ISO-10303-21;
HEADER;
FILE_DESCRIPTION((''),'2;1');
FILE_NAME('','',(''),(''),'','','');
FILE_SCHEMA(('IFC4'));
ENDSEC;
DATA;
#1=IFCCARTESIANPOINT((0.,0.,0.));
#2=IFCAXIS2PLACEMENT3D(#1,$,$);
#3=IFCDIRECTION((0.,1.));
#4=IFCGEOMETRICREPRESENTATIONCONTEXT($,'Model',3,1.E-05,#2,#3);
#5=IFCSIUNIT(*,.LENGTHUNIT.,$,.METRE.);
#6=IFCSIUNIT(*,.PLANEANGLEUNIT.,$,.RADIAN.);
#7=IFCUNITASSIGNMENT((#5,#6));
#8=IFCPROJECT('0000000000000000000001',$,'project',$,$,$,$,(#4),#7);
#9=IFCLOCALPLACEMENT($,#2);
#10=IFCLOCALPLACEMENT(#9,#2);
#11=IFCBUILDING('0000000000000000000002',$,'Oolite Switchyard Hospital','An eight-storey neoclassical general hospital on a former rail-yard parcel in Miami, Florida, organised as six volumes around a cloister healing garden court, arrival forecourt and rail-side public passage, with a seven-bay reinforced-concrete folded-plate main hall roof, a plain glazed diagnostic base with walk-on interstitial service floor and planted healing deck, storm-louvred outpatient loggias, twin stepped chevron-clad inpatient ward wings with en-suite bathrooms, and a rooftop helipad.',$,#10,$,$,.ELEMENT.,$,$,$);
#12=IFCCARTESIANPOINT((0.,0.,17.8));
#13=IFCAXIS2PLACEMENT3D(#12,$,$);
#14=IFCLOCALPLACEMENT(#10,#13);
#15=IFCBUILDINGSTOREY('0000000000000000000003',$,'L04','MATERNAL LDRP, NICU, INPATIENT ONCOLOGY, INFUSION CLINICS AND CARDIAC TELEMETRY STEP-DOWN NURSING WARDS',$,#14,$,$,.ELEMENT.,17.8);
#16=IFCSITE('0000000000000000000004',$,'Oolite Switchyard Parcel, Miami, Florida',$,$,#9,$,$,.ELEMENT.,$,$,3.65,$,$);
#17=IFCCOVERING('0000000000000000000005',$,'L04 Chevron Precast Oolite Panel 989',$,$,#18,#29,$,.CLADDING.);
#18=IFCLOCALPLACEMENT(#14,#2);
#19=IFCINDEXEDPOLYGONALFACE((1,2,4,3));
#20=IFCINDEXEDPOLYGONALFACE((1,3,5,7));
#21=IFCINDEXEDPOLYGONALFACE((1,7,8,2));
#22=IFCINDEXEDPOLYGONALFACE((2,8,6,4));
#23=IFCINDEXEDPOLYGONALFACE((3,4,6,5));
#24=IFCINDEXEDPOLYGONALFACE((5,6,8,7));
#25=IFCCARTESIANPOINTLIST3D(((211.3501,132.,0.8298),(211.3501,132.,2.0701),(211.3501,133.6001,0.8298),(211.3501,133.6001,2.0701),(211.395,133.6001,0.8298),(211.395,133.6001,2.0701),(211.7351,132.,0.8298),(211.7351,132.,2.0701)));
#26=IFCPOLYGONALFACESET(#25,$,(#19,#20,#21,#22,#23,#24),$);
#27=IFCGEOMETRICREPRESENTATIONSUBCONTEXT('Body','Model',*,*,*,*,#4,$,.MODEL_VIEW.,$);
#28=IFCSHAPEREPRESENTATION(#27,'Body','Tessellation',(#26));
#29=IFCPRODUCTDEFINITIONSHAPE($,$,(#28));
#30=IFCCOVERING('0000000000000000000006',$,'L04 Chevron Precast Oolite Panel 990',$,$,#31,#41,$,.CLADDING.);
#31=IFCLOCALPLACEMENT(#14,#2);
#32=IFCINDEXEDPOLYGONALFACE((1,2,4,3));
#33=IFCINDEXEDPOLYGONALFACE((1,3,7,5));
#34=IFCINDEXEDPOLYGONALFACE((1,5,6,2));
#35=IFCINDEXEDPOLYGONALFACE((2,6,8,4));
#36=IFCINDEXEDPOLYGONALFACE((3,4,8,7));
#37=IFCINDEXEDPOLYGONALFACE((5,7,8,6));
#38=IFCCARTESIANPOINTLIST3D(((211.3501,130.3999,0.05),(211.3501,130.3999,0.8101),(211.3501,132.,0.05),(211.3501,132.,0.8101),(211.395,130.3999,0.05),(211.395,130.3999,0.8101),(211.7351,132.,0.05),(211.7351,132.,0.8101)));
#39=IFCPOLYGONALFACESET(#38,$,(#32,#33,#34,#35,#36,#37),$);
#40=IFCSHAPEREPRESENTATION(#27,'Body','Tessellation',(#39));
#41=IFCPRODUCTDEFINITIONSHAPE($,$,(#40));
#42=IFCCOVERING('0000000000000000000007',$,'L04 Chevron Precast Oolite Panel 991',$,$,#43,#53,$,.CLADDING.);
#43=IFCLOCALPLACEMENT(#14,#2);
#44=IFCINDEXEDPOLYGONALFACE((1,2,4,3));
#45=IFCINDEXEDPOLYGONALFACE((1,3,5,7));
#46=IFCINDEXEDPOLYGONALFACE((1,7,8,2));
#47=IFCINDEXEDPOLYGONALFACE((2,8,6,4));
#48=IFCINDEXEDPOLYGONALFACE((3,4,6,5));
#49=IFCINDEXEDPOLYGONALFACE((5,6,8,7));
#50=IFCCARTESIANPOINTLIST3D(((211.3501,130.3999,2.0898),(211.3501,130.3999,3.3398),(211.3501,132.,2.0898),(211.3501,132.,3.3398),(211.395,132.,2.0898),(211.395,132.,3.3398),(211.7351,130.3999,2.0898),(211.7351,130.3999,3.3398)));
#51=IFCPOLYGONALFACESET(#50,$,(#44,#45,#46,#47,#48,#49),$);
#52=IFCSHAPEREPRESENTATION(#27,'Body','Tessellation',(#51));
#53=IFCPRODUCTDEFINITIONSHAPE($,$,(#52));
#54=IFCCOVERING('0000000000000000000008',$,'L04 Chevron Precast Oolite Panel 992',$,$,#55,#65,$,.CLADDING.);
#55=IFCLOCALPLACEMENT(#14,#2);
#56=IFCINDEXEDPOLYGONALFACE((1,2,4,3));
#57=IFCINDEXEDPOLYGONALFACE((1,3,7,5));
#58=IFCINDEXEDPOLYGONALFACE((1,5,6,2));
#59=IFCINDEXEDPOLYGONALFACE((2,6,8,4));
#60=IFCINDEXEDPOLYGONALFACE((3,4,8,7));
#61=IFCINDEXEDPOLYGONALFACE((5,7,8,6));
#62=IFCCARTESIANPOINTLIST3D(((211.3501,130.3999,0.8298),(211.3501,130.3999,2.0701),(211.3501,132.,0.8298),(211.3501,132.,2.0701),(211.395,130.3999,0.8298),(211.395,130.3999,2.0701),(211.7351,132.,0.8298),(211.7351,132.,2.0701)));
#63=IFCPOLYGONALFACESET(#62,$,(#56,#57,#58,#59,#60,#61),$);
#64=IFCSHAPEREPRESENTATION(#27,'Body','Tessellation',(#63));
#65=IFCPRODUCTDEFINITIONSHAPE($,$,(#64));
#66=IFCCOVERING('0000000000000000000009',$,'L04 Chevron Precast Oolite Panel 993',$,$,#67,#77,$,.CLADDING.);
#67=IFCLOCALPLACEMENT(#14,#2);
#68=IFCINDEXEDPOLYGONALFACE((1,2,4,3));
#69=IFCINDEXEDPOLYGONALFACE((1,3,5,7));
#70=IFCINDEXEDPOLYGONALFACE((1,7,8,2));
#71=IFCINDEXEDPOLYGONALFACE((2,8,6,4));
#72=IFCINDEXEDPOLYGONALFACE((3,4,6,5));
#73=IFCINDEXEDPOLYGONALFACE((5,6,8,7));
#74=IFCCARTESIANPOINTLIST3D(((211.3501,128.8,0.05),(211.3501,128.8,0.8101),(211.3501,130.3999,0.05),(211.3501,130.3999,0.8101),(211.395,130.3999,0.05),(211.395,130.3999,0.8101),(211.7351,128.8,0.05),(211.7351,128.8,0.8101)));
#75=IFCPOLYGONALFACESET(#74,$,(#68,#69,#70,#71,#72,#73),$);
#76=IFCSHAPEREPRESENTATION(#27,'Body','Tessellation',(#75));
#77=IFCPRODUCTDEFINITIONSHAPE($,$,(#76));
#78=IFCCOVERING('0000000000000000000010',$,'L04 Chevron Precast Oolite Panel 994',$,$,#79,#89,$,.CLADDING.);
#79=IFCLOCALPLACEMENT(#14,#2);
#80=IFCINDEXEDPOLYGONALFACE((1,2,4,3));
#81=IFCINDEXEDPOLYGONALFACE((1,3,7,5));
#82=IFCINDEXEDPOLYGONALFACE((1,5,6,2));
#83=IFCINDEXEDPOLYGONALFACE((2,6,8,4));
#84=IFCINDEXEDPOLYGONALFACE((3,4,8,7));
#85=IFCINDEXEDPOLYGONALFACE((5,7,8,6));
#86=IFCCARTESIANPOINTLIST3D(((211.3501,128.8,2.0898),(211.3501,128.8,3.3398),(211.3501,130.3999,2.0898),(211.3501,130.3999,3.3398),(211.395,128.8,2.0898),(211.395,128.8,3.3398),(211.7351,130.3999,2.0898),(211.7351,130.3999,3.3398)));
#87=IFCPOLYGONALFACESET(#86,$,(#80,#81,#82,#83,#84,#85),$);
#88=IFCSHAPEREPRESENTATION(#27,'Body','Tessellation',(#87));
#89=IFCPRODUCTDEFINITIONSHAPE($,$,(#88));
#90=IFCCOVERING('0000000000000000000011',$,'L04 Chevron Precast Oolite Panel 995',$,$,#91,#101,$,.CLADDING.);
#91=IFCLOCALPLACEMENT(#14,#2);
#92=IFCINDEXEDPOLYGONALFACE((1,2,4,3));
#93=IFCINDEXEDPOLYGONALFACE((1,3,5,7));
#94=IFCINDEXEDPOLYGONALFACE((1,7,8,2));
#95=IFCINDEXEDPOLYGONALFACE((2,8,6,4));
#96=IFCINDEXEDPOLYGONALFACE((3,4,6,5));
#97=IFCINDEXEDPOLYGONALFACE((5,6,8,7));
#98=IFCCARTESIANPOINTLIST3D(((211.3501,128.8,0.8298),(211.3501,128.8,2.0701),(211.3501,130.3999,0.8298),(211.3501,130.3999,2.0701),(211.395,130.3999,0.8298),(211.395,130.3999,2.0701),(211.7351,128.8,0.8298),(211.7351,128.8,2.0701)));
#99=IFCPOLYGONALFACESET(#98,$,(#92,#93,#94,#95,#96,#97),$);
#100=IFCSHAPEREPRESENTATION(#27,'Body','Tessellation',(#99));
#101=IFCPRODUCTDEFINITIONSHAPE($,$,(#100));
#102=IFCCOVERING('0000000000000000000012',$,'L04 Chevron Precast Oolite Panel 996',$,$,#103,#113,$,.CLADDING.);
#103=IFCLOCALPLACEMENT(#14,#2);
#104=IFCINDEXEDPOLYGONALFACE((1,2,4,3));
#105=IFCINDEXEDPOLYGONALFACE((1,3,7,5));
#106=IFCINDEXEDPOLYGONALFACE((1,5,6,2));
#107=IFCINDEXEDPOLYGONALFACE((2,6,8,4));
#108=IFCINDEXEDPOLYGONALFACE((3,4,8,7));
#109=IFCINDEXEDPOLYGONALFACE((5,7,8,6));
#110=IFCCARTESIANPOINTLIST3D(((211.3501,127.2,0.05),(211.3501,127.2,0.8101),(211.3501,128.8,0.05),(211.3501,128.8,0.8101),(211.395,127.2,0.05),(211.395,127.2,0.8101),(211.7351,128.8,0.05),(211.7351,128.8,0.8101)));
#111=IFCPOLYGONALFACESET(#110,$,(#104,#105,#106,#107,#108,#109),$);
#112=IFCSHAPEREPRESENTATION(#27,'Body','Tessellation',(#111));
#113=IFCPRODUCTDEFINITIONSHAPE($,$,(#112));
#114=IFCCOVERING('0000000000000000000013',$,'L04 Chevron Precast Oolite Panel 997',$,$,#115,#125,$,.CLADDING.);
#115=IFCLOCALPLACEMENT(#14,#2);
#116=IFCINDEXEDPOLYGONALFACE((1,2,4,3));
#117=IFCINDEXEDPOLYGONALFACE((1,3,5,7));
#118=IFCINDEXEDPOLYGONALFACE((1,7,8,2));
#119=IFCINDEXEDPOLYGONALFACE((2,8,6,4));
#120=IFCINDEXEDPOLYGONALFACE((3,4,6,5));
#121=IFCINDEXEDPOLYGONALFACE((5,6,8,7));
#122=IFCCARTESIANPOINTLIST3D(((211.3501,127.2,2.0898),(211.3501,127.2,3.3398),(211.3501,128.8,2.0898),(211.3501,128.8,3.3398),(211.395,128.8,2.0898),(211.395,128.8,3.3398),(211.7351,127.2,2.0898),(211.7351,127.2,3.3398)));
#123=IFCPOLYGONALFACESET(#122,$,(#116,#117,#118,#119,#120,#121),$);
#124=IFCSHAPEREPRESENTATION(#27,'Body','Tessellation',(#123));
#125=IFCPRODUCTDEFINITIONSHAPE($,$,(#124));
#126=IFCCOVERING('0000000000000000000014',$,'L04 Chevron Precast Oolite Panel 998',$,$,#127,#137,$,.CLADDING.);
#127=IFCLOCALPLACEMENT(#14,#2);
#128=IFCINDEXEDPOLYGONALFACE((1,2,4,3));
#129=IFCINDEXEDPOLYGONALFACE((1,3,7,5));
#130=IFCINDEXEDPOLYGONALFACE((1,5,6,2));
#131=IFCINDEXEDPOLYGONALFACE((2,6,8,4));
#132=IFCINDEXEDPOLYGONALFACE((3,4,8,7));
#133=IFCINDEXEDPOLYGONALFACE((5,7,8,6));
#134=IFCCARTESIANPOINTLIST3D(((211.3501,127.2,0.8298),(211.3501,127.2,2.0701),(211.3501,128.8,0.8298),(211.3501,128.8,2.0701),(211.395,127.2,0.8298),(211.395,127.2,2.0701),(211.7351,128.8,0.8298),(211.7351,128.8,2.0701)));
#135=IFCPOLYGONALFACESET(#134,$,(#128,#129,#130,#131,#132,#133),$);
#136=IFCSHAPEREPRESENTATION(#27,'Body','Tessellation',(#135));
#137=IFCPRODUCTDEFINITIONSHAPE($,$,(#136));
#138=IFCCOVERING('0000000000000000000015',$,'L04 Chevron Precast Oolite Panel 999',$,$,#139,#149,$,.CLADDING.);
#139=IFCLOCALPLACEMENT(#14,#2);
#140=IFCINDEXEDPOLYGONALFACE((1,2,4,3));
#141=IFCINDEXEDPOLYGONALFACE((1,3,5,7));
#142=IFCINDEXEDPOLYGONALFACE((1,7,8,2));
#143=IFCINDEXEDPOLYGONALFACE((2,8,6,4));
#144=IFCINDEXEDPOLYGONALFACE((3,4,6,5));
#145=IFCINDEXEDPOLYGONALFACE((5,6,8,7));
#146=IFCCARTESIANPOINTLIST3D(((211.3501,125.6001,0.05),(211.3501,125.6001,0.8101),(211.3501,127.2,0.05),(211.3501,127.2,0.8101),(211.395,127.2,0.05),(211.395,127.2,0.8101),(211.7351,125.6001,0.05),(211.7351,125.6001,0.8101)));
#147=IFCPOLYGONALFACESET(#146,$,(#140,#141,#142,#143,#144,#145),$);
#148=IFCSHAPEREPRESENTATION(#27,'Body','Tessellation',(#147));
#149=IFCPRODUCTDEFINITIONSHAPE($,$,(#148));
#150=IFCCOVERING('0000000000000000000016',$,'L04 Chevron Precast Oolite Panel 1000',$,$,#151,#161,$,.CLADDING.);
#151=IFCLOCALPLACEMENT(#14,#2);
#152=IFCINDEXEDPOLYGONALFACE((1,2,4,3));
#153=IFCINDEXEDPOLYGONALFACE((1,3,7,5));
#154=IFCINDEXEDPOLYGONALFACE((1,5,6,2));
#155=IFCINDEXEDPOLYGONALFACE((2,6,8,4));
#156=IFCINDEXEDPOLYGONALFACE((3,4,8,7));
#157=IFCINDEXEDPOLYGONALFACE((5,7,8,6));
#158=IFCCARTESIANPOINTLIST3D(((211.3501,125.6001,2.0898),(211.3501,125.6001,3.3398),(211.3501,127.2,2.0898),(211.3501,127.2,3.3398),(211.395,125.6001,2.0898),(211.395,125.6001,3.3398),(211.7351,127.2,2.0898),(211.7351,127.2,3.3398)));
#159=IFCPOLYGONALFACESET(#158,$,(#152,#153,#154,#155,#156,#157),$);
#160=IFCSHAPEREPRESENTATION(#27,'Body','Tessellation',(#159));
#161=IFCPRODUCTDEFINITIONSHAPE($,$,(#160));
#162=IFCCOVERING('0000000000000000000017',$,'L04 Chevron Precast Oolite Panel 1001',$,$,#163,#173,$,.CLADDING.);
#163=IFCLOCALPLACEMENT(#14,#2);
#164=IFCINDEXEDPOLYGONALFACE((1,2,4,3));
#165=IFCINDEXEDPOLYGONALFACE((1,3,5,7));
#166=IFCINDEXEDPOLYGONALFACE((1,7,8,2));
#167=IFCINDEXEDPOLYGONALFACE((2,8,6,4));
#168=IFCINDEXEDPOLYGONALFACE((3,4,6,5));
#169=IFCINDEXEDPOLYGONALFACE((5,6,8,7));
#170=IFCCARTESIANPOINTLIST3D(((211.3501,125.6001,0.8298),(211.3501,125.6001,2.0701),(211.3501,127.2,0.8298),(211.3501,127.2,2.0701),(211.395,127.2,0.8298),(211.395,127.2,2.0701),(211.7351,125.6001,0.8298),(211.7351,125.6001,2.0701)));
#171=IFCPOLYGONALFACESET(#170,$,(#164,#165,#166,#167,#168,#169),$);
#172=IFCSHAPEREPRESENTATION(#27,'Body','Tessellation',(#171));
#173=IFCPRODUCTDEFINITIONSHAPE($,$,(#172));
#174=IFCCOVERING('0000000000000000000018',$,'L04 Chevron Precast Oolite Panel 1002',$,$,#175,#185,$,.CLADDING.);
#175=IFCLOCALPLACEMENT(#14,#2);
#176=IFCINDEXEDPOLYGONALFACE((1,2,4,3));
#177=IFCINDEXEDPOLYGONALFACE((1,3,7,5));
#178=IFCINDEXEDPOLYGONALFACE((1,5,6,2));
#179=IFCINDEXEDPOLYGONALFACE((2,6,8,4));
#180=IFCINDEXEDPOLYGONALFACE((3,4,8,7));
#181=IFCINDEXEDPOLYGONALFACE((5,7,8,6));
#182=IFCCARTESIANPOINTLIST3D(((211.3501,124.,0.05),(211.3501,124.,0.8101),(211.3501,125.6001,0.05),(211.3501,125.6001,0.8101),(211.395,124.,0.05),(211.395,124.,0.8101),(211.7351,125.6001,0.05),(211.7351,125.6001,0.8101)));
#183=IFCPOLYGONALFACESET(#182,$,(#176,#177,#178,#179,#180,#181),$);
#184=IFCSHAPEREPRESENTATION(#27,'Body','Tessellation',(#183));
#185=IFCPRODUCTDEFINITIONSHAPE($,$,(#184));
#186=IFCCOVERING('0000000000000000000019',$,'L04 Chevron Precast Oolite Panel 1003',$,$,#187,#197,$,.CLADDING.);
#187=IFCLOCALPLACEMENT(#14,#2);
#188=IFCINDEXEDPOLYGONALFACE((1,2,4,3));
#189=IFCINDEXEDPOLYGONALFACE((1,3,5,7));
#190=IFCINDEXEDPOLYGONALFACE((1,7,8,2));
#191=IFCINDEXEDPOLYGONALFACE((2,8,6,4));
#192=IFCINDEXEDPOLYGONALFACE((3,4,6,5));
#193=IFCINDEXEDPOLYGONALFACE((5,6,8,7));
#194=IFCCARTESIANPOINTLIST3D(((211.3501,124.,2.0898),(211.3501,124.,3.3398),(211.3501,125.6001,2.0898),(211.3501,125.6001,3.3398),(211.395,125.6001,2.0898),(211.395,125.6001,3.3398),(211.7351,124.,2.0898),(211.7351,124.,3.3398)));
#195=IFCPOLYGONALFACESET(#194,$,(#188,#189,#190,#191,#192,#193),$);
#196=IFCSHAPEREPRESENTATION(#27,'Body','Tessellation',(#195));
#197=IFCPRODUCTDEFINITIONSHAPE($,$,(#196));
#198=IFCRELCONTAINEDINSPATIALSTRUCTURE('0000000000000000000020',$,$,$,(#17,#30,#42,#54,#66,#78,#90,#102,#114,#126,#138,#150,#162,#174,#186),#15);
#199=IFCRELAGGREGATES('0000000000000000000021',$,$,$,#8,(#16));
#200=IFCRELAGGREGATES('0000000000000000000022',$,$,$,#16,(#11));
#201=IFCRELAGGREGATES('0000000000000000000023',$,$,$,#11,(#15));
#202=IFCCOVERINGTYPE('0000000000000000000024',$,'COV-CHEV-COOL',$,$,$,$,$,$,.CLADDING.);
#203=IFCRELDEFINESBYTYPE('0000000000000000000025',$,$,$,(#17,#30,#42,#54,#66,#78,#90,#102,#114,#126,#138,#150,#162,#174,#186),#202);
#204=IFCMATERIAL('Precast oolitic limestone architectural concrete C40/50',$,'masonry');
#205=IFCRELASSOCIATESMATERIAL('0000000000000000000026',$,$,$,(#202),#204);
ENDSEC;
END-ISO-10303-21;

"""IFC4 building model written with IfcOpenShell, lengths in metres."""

from ifc_helpers import new_model, si_unit, direction, frame, origin, place, context, subcontext, project, spatial, polyline, outline, extrude, material, type_object, element, save


model = new_model("IFC4")

# Units and contexts
model_context = context("Model", 3, precision=1e-05, world=origin(), true_north=direction((0.0, 1.0)))
body_context = subcontext(model_context, "Body", "Model", "MODEL_VIEW")
ifc_project = project(units=[si_unit("LENGTHUNIT", "METRE"), si_unit("PLANEANGLEUNIT", "RADIAN")], contexts=[model_context])

# Site, building, storey
site_placement = place(None, origin())
site = spatial("IfcSite", under=ifc_project, at=site_placement, Name="Oolite Switchyard Parcel, Miami, Florida", CompositionType="ELEMENT", RefElevation=3.65)
building_placement = place(site_placement, origin())
building = spatial("IfcBuilding", under=site, at=building_placement, Name="Oolite Switchyard Hospital", Description="An eight-storey neoclassical general hospital on a former rail-yard parcel in Miami, Florida, organised as six volumes around a cloister healing garden court, arrival forecourt and rail-side public passage, with a seven-bay reinforced-concrete folded-plate main hall roof, a plain glazed diagnostic base with walk-on interstitial service floor and planted healing deck, storm-louvred outpatient loggias, twin stepped chevron-clad inpatient ward wings with en-suite bathrooms, and a rooftop helipad.", CompositionType="ELEMENT")
storey_placement = place(building_placement, frame((0.0, 0.0, 17.8)))
storey = spatial("IfcBuildingStorey", under=building, at=storey_placement, Name="L04", Description="MATERNAL LDRP, NICU, INPATIENT ONCOLOGY, INFUSION CLINICS AND CARDIAC TELEMETRY STEP-DOWN NURSING WARDS", CompositionType="ELEMENT", Elevation=17.8)

# Shared definitions
ifc_material_1 = material(Name="Precast oolitic limestone architectural concrete C40/50", Category="masonry")

# Coverings
covering_type = type_object("IfcCoveringType", Name="COV-CHEV-COOL", PredefinedType="CLADDING", material=ifc_material_1)
covering_1_placement = place(storey_placement, frame((211.3501, 133.6001, 0.8298), z_axis=(0.0, 0.0, 1.0), x_axis=(0.0, -1.0, 0.0)))
element("IfcCovering", 1, at=covering_1_placement, inside=storey, type_object=covering_type, Name="L04 Chevron Precast Oolite Panel 989", PredefinedType="CLADDING", context=body_context, shape_type="SweptSolid", body=[
    extrude(outline(polyline([(0.0, 0.0), (1.6001, 0.0), (1.6001, 0.385), (0.0, 0.0449), (0.0, 0.0)])), origin(), (0.0, 0.0, 1.0), 1.2402),
])
covering_2_placement = place(storey_placement, frame((211.3501, 132.0, 0.05), z_axis=(0.0, 0.0, 1.0), x_axis=(0.0, -1.0, 0.0)))
element("IfcCovering", 2, at=covering_2_placement, inside=storey, type_object=covering_type, Name="L04 Chevron Precast Oolite Panel 990", PredefinedType="CLADDING", context=body_context, shape_type="SweptSolid", body=[
    extrude(outline(polyline([(0.0, 0.0), (1.6001, 0.0), (1.6001, 0.0449), (0.0, 0.385), (0.0, 0.0)])), origin(), (0.0, 0.0, 1.0), 0.76),
])
covering_3_placement = place(storey_placement, frame((211.3501, 132.0, 2.0898), z_axis=(0.0, 0.0, 1.0), x_axis=(0.0, -1.0, 0.0)))
element("IfcCovering", 3, at=covering_3_placement, inside=storey, type_object=covering_type, Name="L04 Chevron Precast Oolite Panel 991", PredefinedType="CLADDING", context=body_context, shape_type="SweptSolid", body=[
    extrude(outline(polyline([(0.0, 0.0), (1.6001, 0.0), (1.6001, 0.385), (0.0, 0.0449), (0.0, 0.0)])), origin(), (0.0, 0.0, 1.0), 1.25),
])
covering_4_placement = place(storey_placement, frame((211.3501, 132.0, 0.8298), z_axis=(0.0, 0.0, 1.0), x_axis=(0.0, -1.0, 0.0)))
element("IfcCovering", 4, at=covering_4_placement, inside=storey, type_object=covering_type, Name="L04 Chevron Precast Oolite Panel 992", PredefinedType="CLADDING", context=body_context, shape_type="SweptSolid", body=[
    extrude(outline(polyline([(0.0, 0.0), (1.6001, 0.0), (1.6001, 0.0449), (0.0, 0.385), (0.0, 0.0)])), origin(), (0.0, 0.0, 1.0), 1.2402),
])
covering_5_placement = place(storey_placement, frame((211.3501, 130.3999, 0.05), z_axis=(0.0, 0.0, 1.0), x_axis=(0.0, -1.0, 0.0)))
element("IfcCovering", 5, at=covering_5_placement, inside=storey, type_object=covering_type, Name="L04 Chevron Precast Oolite Panel 993", PredefinedType="CLADDING", context=body_context, shape_type="SweptSolid", body=[
    extrude(outline(polyline([(0.0, 0.0), (1.5999, 0.0), (1.5999, 0.385), (0.0, 0.0449), (0.0, 0.0)])), origin(), (0.0, 0.0, 1.0), 0.76),
])
covering_6_placement = place(storey_placement, frame((211.3501, 130.3999, 2.0898), z_axis=(0.0, 0.0, 1.0), x_axis=(0.0, -1.0, 0.0)))
element("IfcCovering", 6, at=covering_6_placement, inside=storey, type_object=covering_type, Name="L04 Chevron Precast Oolite Panel 994", PredefinedType="CLADDING", context=body_context, shape_type="SweptSolid", body=[
    extrude(outline(polyline([(0.0, 0.0), (1.5999, 0.0), (1.5999, 0.0449), (0.0, 0.385), (0.0, 0.0)])), origin(), (0.0, 0.0, 1.0), 1.25),
])
covering_7_placement = place(storey_placement, frame((211.3501, 130.3999, 0.8298), z_axis=(0.0, 0.0, 1.0), x_axis=(0.0, -1.0, 0.0)))
element("IfcCovering", 7, at=covering_7_placement, inside=storey, type_object=covering_type, Name="L04 Chevron Precast Oolite Panel 995", PredefinedType="CLADDING", context=body_context, shape_type="SweptSolid", body=[
    extrude(outline(polyline([(0.0, 0.0), (1.5999, 0.0), (1.5999, 0.385), (0.0, 0.0449), (0.0, 0.0)])), origin(), (0.0, 0.0, 1.0), 1.2402),
])
covering_8_placement = place(storey_placement, frame((211.3501, 128.8, 0.05), z_axis=(0.0, 0.0, 1.0), x_axis=(0.0, -1.0, 0.0)))
element("IfcCovering", 8, at=covering_8_placement, inside=storey, type_object=covering_type, Name="L04 Chevron Precast Oolite Panel 996", PredefinedType="CLADDING", context=body_context, shape_type="SweptSolid", body=[
    extrude(outline(polyline([(0.0, 0.0), (1.6001, 0.0), (1.6001, 0.0449), (0.0, 0.385), (0.0, 0.0)])), origin(), (0.0, 0.0, 1.0), 0.76),
])
covering_9_placement = place(storey_placement, frame((211.3501, 128.8, 2.0898), z_axis=(0.0, 0.0, 1.0), x_axis=(0.0, -1.0, 0.0)))
element("IfcCovering", 9, at=covering_9_placement, inside=storey, type_object=covering_type, Name="L04 Chevron Precast Oolite Panel 997", PredefinedType="CLADDING", context=body_context, shape_type="SweptSolid", body=[
    extrude(outline(polyline([(0.0, 0.0), (1.6001, 0.0), (1.6001, 0.385), (0.0, 0.0449), (0.0, 0.0)])), origin(), (0.0, 0.0, 1.0), 1.25),
])
covering_10_placement = place(storey_placement, frame((211.3501, 128.8, 0.8298), z_axis=(0.0, 0.0, 1.0), x_axis=(0.0, -1.0, 0.0)))
element("IfcCovering", 10, at=covering_10_placement, inside=storey, type_object=covering_type, Name="L04 Chevron Precast Oolite Panel 998", PredefinedType="CLADDING", context=body_context, shape_type="SweptSolid", body=[
    extrude(outline(polyline([(0.0, 0.0), (1.6001, 0.0), (1.6001, 0.0449), (0.0, 0.385), (0.0, 0.0)])), origin(), (0.0, 0.0, 1.0), 1.2402),
])
covering_11_placement = place(storey_placement, frame((211.3501, 127.2, 0.05), z_axis=(0.0, 0.0, 1.0), x_axis=(0.0, -1.0, 0.0)))
element("IfcCovering", 11, at=covering_11_placement, inside=storey, type_object=covering_type, Name="L04 Chevron Precast Oolite Panel 999", PredefinedType="CLADDING", context=body_context, shape_type="SweptSolid", body=[
    extrude(outline(polyline([(0.0, 0.0), (1.5999, 0.0), (1.5999, 0.385), (0.0, 0.0449), (0.0, 0.0)])), origin(), (0.0, 0.0, 1.0), 0.76),
])
covering_12_placement = place(storey_placement, frame((211.3501, 127.2, 2.0898), z_axis=(0.0, 0.0, 1.0), x_axis=(0.0, -1.0, 0.0)))
element("IfcCovering", 12, at=covering_12_placement, inside=storey, type_object=covering_type, Name="L04 Chevron Precast Oolite Panel 1000", PredefinedType="CLADDING", context=body_context, shape_type="SweptSolid", body=[
    extrude(outline(polyline([(0.0, 0.0), (1.5999, 0.0), (1.5999, 0.0449), (0.0, 0.385), (0.0, 0.0)])), origin(), (0.0, 0.0, 1.0), 1.25),
])
covering_13_placement = place(storey_placement, frame((211.3501, 127.2, 0.8298), z_axis=(0.0, 0.0, 1.0), x_axis=(0.0, -1.0, 0.0)))
element("IfcCovering", 13, at=covering_13_placement, inside=storey, type_object=covering_type, Name="L04 Chevron Precast Oolite Panel 1001", PredefinedType="CLADDING", context=body_context, shape_type="SweptSolid", body=[
    extrude(outline(polyline([(0.0, 0.0), (1.5999, 0.0), (1.5999, 0.385), (0.0, 0.0449), (0.0, 0.0)])), origin(), (0.0, 0.0, 1.0), 1.2402),
])
covering_14_placement = place(storey_placement, frame((211.3501, 125.6001, 0.05), z_axis=(0.0, 0.0, 1.0), x_axis=(0.0, -1.0, 0.0)))
element("IfcCovering", 14, at=covering_14_placement, inside=storey, type_object=covering_type, Name="L04 Chevron Precast Oolite Panel 1002", PredefinedType="CLADDING", context=body_context, shape_type="SweptSolid", body=[
    extrude(outline(polyline([(0.0, 0.0), (1.6001, 0.0), (1.6001, 0.0449), (0.0, 0.385), (0.0, 0.0)])), origin(), (0.0, 0.0, 1.0), 0.76),
])
covering_15_placement = place(storey_placement, frame((211.3501, 125.6001, 2.0898), z_axis=(0.0, 0.0, 1.0), x_axis=(0.0, -1.0, 0.0)))
element("IfcCovering", 15, at=covering_15_placement, inside=storey, type_object=covering_type, Name="L04 Chevron Precast Oolite Panel 1003", PredefinedType="CLADDING", context=body_context, shape_type="SweptSolid", body=[
    extrude(outline(polyline([(0.0, 0.0), (1.6001, 0.0), (1.6001, 0.385), (0.0, 0.0449), (0.0, 0.0)])), origin(), (0.0, 0.0, 1.0), 1.25),
])

save(model, "model.ifc")
